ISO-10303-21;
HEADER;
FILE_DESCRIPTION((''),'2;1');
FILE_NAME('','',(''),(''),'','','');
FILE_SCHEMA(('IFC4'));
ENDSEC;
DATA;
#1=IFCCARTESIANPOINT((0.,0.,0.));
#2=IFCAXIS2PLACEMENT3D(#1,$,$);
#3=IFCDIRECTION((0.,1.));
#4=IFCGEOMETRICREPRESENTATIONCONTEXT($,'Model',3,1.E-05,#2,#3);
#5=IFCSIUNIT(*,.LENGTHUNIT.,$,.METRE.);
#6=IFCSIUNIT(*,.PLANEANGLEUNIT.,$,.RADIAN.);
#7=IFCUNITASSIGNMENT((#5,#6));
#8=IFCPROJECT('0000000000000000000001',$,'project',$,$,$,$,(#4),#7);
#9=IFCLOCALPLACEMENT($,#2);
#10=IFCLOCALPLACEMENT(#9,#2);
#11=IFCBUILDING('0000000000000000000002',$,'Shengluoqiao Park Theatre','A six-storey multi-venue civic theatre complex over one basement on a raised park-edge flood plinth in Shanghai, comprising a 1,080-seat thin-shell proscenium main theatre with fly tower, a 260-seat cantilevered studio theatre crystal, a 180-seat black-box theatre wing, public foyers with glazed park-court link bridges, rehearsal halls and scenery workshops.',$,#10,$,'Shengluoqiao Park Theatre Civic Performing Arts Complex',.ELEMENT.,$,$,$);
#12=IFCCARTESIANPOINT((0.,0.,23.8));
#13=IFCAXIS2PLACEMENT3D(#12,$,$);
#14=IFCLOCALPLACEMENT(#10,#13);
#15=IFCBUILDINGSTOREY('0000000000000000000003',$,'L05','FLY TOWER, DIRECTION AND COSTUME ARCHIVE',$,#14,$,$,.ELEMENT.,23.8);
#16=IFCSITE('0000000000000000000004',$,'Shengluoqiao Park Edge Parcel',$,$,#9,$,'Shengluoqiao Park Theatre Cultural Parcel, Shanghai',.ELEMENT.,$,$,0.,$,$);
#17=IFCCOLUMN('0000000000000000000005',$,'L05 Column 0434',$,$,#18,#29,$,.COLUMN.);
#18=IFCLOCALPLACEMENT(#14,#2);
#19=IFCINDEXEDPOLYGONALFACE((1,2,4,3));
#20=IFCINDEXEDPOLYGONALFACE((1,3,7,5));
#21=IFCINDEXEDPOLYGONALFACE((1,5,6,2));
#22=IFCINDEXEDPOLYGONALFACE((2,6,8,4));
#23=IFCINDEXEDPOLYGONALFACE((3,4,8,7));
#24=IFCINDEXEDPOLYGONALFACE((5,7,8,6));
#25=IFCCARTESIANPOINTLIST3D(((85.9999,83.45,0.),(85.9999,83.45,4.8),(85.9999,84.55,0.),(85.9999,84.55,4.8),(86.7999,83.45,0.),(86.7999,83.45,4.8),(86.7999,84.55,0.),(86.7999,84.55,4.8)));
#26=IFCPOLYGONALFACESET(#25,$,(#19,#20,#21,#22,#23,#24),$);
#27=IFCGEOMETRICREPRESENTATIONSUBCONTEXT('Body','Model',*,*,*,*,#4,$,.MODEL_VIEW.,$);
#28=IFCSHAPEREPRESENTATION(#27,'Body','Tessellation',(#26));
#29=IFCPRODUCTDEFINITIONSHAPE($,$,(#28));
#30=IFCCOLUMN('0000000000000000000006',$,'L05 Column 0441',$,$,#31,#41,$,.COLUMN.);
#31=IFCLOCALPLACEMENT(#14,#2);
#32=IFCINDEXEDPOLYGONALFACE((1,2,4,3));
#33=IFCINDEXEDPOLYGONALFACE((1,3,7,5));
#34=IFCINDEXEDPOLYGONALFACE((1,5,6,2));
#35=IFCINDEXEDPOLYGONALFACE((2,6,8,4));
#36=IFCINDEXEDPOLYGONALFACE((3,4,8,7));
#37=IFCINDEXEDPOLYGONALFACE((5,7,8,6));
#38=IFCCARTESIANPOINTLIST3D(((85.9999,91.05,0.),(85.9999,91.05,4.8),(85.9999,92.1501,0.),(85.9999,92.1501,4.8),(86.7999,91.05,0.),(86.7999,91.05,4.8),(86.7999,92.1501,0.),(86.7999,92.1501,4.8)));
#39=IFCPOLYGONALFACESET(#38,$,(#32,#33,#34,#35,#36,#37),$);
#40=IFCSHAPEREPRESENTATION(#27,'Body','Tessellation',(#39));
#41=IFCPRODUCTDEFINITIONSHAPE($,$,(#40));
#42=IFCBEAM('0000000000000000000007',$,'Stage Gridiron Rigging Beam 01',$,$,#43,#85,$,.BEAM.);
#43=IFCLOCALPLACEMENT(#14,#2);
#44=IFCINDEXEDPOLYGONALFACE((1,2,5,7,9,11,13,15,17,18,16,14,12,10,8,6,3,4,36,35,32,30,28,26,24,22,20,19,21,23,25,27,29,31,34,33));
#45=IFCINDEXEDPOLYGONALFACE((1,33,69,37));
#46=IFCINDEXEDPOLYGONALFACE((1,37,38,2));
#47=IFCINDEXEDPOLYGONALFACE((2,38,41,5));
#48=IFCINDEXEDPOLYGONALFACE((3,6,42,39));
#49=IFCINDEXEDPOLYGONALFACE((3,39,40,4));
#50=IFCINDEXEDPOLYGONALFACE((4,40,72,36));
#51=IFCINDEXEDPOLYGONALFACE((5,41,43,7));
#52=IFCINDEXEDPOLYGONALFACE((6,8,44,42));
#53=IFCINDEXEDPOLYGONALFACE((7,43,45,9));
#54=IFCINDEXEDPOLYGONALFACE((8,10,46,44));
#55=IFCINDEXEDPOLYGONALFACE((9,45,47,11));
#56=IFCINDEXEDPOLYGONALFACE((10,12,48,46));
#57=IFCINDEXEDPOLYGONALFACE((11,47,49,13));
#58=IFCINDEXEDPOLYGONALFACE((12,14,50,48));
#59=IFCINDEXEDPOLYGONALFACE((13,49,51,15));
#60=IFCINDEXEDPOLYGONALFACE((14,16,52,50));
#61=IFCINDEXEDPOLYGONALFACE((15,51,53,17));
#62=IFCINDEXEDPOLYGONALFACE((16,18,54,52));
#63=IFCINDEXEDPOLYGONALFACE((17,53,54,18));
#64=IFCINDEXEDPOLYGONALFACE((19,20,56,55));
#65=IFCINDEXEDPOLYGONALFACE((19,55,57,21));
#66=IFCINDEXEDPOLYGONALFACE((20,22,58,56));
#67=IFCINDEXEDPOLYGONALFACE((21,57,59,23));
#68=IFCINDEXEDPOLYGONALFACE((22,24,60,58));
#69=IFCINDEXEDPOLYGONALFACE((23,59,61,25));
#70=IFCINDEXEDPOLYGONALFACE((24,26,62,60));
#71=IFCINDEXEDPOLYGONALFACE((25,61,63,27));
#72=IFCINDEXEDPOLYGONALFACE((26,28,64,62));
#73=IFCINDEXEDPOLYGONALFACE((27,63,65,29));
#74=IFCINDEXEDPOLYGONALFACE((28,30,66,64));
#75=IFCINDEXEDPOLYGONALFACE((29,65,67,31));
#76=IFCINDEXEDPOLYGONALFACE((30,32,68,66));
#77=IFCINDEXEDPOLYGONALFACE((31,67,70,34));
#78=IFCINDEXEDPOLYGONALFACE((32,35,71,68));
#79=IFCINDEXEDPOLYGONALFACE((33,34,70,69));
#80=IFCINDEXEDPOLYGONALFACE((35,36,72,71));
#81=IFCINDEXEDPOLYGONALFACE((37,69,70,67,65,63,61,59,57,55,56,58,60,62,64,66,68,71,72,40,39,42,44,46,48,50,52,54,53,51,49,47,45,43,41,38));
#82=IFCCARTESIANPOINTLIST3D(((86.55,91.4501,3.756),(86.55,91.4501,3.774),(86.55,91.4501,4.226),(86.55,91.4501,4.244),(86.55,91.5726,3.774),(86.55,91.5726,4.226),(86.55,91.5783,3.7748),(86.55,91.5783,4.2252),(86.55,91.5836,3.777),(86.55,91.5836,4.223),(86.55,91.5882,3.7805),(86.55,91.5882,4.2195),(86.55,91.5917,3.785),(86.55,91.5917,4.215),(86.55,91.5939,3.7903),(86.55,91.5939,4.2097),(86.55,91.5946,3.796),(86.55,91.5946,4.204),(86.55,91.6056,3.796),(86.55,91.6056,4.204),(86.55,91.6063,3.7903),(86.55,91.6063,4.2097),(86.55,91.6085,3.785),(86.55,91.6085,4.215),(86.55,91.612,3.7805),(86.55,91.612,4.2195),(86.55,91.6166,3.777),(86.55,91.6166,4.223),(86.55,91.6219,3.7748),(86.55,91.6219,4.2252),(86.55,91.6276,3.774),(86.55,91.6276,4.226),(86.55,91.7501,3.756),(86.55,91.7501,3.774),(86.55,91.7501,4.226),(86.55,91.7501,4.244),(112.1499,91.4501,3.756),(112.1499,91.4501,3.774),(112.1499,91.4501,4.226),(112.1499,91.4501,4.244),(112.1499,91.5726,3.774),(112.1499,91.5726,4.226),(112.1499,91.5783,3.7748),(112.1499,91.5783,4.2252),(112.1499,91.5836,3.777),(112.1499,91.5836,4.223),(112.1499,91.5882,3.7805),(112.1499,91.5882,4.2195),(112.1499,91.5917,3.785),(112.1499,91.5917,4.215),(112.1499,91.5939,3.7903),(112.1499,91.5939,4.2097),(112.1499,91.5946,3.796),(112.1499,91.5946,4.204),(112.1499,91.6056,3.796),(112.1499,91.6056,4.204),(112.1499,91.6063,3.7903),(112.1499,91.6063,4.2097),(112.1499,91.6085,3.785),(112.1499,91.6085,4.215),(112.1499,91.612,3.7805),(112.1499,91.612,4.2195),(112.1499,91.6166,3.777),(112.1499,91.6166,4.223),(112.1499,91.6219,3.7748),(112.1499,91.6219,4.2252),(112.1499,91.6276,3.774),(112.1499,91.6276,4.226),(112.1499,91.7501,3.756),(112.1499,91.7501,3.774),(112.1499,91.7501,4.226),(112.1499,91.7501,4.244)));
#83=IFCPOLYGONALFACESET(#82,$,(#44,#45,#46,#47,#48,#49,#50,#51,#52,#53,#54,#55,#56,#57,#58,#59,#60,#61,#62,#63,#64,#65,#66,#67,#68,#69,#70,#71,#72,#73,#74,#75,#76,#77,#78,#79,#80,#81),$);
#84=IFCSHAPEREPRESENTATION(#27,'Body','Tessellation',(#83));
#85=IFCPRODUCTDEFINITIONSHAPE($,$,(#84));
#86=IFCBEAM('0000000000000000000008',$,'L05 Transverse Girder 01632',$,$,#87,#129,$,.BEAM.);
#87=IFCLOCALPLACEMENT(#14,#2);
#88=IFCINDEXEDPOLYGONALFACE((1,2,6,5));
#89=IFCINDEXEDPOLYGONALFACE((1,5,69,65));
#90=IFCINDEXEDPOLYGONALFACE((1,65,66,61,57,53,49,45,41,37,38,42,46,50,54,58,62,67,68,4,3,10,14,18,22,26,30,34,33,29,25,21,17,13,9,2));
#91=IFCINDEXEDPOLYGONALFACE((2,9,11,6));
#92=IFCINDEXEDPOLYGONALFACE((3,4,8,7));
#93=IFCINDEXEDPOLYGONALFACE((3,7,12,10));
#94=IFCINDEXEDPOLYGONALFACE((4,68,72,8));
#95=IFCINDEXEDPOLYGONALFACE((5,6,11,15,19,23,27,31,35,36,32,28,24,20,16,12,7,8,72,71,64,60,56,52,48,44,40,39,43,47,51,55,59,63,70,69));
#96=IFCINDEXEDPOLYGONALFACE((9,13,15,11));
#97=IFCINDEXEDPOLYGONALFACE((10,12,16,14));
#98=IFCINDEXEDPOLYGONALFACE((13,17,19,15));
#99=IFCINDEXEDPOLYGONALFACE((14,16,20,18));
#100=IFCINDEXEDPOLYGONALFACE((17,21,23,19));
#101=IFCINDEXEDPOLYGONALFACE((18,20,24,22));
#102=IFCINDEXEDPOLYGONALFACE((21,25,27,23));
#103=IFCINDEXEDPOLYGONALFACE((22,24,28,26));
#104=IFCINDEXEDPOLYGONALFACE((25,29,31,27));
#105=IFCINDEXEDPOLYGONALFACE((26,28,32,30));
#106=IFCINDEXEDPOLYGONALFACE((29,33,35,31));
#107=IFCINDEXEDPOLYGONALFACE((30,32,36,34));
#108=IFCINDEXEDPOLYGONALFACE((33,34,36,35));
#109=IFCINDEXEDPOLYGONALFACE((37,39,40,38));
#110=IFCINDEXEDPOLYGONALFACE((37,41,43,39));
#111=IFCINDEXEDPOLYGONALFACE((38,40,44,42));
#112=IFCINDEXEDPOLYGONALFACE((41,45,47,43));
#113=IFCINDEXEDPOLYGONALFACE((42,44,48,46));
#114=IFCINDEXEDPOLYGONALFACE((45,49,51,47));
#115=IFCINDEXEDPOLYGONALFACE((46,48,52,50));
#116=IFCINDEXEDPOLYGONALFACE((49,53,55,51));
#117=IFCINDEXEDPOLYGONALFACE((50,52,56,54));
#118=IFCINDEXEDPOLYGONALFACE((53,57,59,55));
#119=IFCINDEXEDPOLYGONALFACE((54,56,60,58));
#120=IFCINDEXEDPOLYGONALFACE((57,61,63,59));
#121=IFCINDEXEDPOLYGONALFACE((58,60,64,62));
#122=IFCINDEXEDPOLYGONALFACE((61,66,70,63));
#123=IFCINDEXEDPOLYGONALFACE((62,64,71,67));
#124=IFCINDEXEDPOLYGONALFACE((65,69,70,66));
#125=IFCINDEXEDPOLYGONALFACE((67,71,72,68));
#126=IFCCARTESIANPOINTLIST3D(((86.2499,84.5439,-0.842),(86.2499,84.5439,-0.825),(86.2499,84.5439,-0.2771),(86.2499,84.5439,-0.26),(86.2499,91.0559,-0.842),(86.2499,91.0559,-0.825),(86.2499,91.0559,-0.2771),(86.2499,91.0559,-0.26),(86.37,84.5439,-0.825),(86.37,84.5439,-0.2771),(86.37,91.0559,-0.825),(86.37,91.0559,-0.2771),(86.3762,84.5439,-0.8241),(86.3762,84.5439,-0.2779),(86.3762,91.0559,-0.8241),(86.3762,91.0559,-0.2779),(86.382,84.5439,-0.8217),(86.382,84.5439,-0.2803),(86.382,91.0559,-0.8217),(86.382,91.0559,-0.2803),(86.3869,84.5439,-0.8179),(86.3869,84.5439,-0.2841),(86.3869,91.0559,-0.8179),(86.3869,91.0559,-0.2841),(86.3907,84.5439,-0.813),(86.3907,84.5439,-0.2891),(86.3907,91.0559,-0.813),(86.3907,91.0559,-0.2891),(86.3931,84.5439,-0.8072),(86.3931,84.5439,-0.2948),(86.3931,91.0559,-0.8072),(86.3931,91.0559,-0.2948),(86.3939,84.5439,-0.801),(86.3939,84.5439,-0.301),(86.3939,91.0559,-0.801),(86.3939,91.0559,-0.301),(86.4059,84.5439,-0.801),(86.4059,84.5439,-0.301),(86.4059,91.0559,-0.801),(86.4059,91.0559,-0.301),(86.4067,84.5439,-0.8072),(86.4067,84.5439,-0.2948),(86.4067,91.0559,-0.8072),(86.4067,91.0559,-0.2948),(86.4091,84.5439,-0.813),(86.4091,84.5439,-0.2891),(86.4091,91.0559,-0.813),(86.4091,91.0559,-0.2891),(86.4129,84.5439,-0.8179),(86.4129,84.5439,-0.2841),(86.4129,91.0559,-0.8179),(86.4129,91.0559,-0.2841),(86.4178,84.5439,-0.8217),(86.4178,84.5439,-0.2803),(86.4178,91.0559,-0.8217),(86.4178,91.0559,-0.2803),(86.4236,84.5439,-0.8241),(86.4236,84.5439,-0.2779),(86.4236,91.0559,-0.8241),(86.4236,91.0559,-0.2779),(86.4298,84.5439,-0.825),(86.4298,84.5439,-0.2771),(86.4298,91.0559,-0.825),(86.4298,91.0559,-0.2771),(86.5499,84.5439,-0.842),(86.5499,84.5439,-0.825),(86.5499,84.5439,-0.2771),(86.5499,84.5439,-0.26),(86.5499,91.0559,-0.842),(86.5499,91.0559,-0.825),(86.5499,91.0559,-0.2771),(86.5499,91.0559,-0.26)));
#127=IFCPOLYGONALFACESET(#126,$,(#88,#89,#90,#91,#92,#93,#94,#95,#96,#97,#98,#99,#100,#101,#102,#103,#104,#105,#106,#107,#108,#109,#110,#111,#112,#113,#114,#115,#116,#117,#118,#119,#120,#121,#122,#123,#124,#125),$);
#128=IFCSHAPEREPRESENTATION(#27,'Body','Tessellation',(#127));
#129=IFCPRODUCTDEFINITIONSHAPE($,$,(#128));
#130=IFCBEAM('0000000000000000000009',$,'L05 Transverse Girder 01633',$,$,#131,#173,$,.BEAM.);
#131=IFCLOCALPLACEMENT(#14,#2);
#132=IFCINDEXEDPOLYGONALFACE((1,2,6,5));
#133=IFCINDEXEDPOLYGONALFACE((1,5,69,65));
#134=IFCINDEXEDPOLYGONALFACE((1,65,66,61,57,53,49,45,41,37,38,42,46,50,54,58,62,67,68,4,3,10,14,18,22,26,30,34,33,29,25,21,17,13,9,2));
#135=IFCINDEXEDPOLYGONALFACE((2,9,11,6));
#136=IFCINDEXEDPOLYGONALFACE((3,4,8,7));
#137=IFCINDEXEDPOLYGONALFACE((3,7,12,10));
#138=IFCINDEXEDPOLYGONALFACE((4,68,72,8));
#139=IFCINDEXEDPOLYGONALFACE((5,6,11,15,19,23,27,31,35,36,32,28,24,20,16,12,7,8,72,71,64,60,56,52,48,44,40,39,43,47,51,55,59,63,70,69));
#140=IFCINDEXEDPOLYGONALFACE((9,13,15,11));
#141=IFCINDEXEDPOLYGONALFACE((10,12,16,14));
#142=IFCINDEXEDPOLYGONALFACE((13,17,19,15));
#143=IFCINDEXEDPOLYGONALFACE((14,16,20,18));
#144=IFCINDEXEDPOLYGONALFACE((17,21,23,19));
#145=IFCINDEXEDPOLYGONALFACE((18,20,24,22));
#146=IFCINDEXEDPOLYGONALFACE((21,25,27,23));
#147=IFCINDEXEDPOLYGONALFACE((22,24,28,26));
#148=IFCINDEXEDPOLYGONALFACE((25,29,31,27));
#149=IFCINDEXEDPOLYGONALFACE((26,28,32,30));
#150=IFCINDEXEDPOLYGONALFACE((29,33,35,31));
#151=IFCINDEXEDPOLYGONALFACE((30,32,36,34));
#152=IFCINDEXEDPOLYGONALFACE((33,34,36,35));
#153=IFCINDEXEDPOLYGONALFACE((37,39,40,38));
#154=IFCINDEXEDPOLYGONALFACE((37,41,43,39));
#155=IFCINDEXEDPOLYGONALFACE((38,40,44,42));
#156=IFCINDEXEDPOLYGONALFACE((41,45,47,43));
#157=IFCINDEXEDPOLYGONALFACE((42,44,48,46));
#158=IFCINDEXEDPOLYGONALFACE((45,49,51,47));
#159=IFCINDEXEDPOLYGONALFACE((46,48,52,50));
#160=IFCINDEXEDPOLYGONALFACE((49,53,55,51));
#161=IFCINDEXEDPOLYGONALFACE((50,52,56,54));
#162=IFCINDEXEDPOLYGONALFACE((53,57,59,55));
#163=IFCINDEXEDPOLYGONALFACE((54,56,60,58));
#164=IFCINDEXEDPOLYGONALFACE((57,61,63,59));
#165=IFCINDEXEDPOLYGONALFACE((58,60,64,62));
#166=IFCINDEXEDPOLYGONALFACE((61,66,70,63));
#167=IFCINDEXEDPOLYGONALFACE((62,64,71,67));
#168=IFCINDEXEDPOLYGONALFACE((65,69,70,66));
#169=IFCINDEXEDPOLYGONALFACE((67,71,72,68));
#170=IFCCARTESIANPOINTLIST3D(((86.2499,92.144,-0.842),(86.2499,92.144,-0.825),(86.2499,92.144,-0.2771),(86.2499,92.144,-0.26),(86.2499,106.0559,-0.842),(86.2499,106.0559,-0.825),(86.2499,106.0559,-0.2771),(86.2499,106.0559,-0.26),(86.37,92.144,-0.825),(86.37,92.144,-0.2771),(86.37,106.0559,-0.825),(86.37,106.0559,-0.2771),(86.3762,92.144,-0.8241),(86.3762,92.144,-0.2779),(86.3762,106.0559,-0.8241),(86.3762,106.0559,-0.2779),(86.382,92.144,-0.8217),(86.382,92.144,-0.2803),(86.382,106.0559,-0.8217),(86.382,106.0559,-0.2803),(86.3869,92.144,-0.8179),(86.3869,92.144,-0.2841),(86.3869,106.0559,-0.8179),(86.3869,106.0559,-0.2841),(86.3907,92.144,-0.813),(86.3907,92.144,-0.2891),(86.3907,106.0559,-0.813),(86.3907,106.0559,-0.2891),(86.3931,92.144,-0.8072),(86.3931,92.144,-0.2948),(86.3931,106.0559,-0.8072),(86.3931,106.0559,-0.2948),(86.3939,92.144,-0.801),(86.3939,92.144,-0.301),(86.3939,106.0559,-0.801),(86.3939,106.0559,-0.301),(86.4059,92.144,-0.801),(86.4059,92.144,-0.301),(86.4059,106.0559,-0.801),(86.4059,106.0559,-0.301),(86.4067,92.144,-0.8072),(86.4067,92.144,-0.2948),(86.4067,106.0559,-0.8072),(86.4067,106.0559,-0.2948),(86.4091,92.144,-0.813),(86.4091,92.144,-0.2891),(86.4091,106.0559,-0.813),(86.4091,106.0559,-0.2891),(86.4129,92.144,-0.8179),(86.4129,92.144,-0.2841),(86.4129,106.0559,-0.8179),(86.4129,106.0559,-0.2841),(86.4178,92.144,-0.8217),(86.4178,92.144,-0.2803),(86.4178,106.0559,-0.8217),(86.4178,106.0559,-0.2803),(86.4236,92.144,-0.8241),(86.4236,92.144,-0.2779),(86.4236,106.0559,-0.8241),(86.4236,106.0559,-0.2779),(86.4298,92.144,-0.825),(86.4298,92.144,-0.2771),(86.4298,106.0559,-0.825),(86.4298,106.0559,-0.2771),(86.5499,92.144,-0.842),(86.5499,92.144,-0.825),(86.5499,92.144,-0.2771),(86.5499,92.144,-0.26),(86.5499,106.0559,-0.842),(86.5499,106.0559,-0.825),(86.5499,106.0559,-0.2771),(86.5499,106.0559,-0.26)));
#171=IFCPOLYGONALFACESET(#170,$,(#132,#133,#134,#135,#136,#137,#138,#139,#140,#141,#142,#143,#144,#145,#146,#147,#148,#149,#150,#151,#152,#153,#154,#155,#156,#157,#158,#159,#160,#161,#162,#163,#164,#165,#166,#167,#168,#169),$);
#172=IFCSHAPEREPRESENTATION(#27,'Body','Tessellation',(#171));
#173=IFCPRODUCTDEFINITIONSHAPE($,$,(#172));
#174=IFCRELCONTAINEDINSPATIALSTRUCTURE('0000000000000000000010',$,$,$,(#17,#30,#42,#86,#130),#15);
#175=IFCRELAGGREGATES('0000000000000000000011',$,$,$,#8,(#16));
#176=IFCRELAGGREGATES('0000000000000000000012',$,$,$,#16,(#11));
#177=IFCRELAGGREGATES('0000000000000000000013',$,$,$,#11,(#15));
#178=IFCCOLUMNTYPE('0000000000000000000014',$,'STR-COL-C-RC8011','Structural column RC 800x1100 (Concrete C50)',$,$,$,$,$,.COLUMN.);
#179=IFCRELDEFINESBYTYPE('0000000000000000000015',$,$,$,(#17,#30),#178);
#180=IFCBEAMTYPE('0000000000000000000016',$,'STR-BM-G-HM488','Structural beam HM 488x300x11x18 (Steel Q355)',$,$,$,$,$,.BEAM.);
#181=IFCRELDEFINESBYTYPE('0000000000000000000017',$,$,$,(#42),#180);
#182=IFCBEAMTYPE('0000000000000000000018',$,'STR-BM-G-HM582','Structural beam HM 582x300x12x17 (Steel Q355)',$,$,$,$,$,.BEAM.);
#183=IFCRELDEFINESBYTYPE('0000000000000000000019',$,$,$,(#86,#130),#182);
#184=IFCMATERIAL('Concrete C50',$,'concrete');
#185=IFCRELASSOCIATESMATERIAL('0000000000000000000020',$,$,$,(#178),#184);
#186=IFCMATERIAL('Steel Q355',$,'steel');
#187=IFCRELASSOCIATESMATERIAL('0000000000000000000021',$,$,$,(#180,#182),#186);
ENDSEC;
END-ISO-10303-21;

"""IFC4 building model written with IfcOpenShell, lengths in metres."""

from ifc_helpers import new_model, si_unit, direction, frame, origin, origin_2d, place, context, subcontext, project, spatial, rectangle, i_section, extrude, material, material_profile, profile_set, type_object, element, save


model = new_model("IFC4")

# Units and contexts
model_context = context("Model", 3, precision=1e-05, world=origin(), true_north=direction((0.0, 1.0)))
body_context = subcontext(model_context, "Body", "Model", "MODEL_VIEW")
ifc_project = project(units=[si_unit("LENGTHUNIT", "METRE"), si_unit("PLANEANGLEUNIT", "RADIAN")], contexts=[model_context])

# Site, building, storey
site_placement = place(None, origin())
site = spatial("IfcSite", under=ifc_project, at=site_placement, Name="Shengluoqiao Park Edge Parcel", LongName="Shengluoqiao Park Theatre Cultural Parcel, Shanghai", CompositionType="ELEMENT", RefElevation=0.0)
building_placement = place(site_placement, origin())
building = spatial("IfcBuilding", under=site, at=building_placement, Name="Shengluoqiao Park Theatre", Description="A six-storey multi-venue civic theatre complex over one basement on a raised park-edge flood plinth in Shanghai, comprising a 1,080-seat thin-shell proscenium main theatre with fly tower, a 260-seat cantilevered studio theatre crystal, a 180-seat black-box theatre wing, public foyers with glazed park-court link bridges, rehearsal halls and scenery workshops.", LongName="Shengluoqiao Park Theatre Civic Performing Arts Complex", CompositionType="ELEMENT")
storey_placement = place(building_placement, frame((0.0, 0.0, 23.8)))
storey = spatial("IfcBuildingStorey", under=building, at=storey_placement, Name="L05", Description="FLY TOWER, DIRECTION AND COSTUME ARCHIVE", CompositionType="ELEMENT", Elevation=23.8)

# Columns
ifc_material_1 = material(Name="Concrete C50", Category="concrete")
ifc_material_profile_1 = material_profile(ifc_material_1, rectangle(XDim=0.8, YDim=1.1001, at=origin_2d()), Name="RC 800x1100")
ifc_profile_set_1 = profile_set([ifc_material_profile_1], Name="Concrete C50")
column_type = type_object("IfcColumnType", Name="STR-COL-C-RC8011", Description="Structural column RC 800x1100 (Concrete C50)", PredefinedType="COLUMN", material=ifc_profile_set_1)
for number, where, z_axis, x_axis, name in (
    (1, (86.3999, 84.0, 0.0), (0.0, 0.0, 1.0), (1.0, 0.0, 0.0), "L05 Column 0434"),
    (2, (86.3999, 91.6001, 0.0), (0.0, 0.0, 1.0), (1.0, 0.0, 0.0), "L05 Column 0441"),
):
    element("IfcColumn", number, at=place(storey_placement, frame(where, z_axis=z_axis, x_axis=x_axis)), inside=storey, type_object=column_type, Name=name, PredefinedType="COLUMN", context=body_context, shape_type="SweptSolid", body=[
        extrude(rectangle(XDim=0.8, YDim=1.1001, at=origin_2d()), origin(), (0.0, 0.0, 1.0), 4.8),
    ])

# Beams
ifc_material_2 = material(Name="Steel Q355", Category="steel")
ifc_material_profile_2 = material_profile(ifc_material_2, i_section(OverallWidth=0.3, OverallDepth=0.488, WebThickness=0.011, FlangeThickness=0.0181, FilletRadius=0.022, at=origin_2d()), Name="HM 488x300x11x18")
ifc_profile_set_2 = profile_set([ifc_material_profile_2], Name="Steel Q355")
beam_type_1 = type_object("IfcBeamType", Name="STR-BM-G-HM488", Description="Structural beam HM 488x300x11x18 (Steel Q355)", PredefinedType="BEAM", material=ifc_profile_set_2)
beam_1_placement = place(storey_placement, frame((86.55, 91.6001, 4.0), z_axis=(1.0, 0.0, 0.0), x_axis=(0.0, 1.0, 0.0)))
element("IfcBeam", 3, at=beam_1_placement, inside=storey, type_object=beam_type_1, Name="Stage Gridiron Rigging Beam 01", PredefinedType="BEAM", context=body_context, shape_type="SweptSolid", body=[
    extrude(i_section(OverallWidth=0.3, OverallDepth=0.488, WebThickness=0.011, FlangeThickness=0.0181, FilletRadius=0.022, at=origin_2d()), origin(), (0.0, 0.0, 1.0), 25.5999),
])
ifc_material_profile_3 = material_profile(ifc_material_2, i_section(OverallWidth=0.3, OverallDepth=0.582, WebThickness=0.012, FlangeThickness=0.0171, FilletRadius=0.0239, at=origin_2d()), Name="HM 582x300x12x17")
ifc_profile_set_3 = profile_set([ifc_material_profile_3], Name="Steel Q355")
beam_type_2 = type_object("IfcBeamType", Name="STR-BM-G-HM582", Description="Structural beam HM 582x300x12x17 (Steel Q355)", PredefinedType="BEAM", material=ifc_profile_set_3)
beam_2_placement = place(storey_placement, frame((86.3999, 84.5439, -0.551), z_axis=(0.0, 1.0, 0.0), x_axis=(-1.0, 0.0, 0.0)))
element("IfcBeam", 4, at=beam_2_placement, inside=storey, type_object=beam_type_2, Name="L05 Transverse Girder 01632", PredefinedType="BEAM", context=body_context, shape_type="SweptSolid", body=[
    extrude(i_section(OverallWidth=0.3, OverallDepth=0.582, WebThickness=0.012, FlangeThickness=0.0171, FilletRadius=0.0239, at=origin_2d()), origin(), (0.0, 0.0, 1.0), 6.512),
])
beam_3_placement = place(storey_placement, frame((86.3999, 92.144, -0.551), z_axis=(0.0, 1.0, 0.0), x_axis=(-1.0, 0.0, 0.0)))
element("IfcBeam", 5, at=beam_3_placement, inside=storey, type_object=beam_type_2, Name="L05 Transverse Girder 01633", PredefinedType="BEAM", context=body_context, shape_type="SweptSolid", body=[
    extrude(i_section(OverallWidth=0.3, OverallDepth=0.582, WebThickness=0.012, FlangeThickness=0.0171, FilletRadius=0.0239, at=origin_2d()), origin(), (0.0, 0.0, 1.0), 13.9119),
])

save(model, "model.ifc")
